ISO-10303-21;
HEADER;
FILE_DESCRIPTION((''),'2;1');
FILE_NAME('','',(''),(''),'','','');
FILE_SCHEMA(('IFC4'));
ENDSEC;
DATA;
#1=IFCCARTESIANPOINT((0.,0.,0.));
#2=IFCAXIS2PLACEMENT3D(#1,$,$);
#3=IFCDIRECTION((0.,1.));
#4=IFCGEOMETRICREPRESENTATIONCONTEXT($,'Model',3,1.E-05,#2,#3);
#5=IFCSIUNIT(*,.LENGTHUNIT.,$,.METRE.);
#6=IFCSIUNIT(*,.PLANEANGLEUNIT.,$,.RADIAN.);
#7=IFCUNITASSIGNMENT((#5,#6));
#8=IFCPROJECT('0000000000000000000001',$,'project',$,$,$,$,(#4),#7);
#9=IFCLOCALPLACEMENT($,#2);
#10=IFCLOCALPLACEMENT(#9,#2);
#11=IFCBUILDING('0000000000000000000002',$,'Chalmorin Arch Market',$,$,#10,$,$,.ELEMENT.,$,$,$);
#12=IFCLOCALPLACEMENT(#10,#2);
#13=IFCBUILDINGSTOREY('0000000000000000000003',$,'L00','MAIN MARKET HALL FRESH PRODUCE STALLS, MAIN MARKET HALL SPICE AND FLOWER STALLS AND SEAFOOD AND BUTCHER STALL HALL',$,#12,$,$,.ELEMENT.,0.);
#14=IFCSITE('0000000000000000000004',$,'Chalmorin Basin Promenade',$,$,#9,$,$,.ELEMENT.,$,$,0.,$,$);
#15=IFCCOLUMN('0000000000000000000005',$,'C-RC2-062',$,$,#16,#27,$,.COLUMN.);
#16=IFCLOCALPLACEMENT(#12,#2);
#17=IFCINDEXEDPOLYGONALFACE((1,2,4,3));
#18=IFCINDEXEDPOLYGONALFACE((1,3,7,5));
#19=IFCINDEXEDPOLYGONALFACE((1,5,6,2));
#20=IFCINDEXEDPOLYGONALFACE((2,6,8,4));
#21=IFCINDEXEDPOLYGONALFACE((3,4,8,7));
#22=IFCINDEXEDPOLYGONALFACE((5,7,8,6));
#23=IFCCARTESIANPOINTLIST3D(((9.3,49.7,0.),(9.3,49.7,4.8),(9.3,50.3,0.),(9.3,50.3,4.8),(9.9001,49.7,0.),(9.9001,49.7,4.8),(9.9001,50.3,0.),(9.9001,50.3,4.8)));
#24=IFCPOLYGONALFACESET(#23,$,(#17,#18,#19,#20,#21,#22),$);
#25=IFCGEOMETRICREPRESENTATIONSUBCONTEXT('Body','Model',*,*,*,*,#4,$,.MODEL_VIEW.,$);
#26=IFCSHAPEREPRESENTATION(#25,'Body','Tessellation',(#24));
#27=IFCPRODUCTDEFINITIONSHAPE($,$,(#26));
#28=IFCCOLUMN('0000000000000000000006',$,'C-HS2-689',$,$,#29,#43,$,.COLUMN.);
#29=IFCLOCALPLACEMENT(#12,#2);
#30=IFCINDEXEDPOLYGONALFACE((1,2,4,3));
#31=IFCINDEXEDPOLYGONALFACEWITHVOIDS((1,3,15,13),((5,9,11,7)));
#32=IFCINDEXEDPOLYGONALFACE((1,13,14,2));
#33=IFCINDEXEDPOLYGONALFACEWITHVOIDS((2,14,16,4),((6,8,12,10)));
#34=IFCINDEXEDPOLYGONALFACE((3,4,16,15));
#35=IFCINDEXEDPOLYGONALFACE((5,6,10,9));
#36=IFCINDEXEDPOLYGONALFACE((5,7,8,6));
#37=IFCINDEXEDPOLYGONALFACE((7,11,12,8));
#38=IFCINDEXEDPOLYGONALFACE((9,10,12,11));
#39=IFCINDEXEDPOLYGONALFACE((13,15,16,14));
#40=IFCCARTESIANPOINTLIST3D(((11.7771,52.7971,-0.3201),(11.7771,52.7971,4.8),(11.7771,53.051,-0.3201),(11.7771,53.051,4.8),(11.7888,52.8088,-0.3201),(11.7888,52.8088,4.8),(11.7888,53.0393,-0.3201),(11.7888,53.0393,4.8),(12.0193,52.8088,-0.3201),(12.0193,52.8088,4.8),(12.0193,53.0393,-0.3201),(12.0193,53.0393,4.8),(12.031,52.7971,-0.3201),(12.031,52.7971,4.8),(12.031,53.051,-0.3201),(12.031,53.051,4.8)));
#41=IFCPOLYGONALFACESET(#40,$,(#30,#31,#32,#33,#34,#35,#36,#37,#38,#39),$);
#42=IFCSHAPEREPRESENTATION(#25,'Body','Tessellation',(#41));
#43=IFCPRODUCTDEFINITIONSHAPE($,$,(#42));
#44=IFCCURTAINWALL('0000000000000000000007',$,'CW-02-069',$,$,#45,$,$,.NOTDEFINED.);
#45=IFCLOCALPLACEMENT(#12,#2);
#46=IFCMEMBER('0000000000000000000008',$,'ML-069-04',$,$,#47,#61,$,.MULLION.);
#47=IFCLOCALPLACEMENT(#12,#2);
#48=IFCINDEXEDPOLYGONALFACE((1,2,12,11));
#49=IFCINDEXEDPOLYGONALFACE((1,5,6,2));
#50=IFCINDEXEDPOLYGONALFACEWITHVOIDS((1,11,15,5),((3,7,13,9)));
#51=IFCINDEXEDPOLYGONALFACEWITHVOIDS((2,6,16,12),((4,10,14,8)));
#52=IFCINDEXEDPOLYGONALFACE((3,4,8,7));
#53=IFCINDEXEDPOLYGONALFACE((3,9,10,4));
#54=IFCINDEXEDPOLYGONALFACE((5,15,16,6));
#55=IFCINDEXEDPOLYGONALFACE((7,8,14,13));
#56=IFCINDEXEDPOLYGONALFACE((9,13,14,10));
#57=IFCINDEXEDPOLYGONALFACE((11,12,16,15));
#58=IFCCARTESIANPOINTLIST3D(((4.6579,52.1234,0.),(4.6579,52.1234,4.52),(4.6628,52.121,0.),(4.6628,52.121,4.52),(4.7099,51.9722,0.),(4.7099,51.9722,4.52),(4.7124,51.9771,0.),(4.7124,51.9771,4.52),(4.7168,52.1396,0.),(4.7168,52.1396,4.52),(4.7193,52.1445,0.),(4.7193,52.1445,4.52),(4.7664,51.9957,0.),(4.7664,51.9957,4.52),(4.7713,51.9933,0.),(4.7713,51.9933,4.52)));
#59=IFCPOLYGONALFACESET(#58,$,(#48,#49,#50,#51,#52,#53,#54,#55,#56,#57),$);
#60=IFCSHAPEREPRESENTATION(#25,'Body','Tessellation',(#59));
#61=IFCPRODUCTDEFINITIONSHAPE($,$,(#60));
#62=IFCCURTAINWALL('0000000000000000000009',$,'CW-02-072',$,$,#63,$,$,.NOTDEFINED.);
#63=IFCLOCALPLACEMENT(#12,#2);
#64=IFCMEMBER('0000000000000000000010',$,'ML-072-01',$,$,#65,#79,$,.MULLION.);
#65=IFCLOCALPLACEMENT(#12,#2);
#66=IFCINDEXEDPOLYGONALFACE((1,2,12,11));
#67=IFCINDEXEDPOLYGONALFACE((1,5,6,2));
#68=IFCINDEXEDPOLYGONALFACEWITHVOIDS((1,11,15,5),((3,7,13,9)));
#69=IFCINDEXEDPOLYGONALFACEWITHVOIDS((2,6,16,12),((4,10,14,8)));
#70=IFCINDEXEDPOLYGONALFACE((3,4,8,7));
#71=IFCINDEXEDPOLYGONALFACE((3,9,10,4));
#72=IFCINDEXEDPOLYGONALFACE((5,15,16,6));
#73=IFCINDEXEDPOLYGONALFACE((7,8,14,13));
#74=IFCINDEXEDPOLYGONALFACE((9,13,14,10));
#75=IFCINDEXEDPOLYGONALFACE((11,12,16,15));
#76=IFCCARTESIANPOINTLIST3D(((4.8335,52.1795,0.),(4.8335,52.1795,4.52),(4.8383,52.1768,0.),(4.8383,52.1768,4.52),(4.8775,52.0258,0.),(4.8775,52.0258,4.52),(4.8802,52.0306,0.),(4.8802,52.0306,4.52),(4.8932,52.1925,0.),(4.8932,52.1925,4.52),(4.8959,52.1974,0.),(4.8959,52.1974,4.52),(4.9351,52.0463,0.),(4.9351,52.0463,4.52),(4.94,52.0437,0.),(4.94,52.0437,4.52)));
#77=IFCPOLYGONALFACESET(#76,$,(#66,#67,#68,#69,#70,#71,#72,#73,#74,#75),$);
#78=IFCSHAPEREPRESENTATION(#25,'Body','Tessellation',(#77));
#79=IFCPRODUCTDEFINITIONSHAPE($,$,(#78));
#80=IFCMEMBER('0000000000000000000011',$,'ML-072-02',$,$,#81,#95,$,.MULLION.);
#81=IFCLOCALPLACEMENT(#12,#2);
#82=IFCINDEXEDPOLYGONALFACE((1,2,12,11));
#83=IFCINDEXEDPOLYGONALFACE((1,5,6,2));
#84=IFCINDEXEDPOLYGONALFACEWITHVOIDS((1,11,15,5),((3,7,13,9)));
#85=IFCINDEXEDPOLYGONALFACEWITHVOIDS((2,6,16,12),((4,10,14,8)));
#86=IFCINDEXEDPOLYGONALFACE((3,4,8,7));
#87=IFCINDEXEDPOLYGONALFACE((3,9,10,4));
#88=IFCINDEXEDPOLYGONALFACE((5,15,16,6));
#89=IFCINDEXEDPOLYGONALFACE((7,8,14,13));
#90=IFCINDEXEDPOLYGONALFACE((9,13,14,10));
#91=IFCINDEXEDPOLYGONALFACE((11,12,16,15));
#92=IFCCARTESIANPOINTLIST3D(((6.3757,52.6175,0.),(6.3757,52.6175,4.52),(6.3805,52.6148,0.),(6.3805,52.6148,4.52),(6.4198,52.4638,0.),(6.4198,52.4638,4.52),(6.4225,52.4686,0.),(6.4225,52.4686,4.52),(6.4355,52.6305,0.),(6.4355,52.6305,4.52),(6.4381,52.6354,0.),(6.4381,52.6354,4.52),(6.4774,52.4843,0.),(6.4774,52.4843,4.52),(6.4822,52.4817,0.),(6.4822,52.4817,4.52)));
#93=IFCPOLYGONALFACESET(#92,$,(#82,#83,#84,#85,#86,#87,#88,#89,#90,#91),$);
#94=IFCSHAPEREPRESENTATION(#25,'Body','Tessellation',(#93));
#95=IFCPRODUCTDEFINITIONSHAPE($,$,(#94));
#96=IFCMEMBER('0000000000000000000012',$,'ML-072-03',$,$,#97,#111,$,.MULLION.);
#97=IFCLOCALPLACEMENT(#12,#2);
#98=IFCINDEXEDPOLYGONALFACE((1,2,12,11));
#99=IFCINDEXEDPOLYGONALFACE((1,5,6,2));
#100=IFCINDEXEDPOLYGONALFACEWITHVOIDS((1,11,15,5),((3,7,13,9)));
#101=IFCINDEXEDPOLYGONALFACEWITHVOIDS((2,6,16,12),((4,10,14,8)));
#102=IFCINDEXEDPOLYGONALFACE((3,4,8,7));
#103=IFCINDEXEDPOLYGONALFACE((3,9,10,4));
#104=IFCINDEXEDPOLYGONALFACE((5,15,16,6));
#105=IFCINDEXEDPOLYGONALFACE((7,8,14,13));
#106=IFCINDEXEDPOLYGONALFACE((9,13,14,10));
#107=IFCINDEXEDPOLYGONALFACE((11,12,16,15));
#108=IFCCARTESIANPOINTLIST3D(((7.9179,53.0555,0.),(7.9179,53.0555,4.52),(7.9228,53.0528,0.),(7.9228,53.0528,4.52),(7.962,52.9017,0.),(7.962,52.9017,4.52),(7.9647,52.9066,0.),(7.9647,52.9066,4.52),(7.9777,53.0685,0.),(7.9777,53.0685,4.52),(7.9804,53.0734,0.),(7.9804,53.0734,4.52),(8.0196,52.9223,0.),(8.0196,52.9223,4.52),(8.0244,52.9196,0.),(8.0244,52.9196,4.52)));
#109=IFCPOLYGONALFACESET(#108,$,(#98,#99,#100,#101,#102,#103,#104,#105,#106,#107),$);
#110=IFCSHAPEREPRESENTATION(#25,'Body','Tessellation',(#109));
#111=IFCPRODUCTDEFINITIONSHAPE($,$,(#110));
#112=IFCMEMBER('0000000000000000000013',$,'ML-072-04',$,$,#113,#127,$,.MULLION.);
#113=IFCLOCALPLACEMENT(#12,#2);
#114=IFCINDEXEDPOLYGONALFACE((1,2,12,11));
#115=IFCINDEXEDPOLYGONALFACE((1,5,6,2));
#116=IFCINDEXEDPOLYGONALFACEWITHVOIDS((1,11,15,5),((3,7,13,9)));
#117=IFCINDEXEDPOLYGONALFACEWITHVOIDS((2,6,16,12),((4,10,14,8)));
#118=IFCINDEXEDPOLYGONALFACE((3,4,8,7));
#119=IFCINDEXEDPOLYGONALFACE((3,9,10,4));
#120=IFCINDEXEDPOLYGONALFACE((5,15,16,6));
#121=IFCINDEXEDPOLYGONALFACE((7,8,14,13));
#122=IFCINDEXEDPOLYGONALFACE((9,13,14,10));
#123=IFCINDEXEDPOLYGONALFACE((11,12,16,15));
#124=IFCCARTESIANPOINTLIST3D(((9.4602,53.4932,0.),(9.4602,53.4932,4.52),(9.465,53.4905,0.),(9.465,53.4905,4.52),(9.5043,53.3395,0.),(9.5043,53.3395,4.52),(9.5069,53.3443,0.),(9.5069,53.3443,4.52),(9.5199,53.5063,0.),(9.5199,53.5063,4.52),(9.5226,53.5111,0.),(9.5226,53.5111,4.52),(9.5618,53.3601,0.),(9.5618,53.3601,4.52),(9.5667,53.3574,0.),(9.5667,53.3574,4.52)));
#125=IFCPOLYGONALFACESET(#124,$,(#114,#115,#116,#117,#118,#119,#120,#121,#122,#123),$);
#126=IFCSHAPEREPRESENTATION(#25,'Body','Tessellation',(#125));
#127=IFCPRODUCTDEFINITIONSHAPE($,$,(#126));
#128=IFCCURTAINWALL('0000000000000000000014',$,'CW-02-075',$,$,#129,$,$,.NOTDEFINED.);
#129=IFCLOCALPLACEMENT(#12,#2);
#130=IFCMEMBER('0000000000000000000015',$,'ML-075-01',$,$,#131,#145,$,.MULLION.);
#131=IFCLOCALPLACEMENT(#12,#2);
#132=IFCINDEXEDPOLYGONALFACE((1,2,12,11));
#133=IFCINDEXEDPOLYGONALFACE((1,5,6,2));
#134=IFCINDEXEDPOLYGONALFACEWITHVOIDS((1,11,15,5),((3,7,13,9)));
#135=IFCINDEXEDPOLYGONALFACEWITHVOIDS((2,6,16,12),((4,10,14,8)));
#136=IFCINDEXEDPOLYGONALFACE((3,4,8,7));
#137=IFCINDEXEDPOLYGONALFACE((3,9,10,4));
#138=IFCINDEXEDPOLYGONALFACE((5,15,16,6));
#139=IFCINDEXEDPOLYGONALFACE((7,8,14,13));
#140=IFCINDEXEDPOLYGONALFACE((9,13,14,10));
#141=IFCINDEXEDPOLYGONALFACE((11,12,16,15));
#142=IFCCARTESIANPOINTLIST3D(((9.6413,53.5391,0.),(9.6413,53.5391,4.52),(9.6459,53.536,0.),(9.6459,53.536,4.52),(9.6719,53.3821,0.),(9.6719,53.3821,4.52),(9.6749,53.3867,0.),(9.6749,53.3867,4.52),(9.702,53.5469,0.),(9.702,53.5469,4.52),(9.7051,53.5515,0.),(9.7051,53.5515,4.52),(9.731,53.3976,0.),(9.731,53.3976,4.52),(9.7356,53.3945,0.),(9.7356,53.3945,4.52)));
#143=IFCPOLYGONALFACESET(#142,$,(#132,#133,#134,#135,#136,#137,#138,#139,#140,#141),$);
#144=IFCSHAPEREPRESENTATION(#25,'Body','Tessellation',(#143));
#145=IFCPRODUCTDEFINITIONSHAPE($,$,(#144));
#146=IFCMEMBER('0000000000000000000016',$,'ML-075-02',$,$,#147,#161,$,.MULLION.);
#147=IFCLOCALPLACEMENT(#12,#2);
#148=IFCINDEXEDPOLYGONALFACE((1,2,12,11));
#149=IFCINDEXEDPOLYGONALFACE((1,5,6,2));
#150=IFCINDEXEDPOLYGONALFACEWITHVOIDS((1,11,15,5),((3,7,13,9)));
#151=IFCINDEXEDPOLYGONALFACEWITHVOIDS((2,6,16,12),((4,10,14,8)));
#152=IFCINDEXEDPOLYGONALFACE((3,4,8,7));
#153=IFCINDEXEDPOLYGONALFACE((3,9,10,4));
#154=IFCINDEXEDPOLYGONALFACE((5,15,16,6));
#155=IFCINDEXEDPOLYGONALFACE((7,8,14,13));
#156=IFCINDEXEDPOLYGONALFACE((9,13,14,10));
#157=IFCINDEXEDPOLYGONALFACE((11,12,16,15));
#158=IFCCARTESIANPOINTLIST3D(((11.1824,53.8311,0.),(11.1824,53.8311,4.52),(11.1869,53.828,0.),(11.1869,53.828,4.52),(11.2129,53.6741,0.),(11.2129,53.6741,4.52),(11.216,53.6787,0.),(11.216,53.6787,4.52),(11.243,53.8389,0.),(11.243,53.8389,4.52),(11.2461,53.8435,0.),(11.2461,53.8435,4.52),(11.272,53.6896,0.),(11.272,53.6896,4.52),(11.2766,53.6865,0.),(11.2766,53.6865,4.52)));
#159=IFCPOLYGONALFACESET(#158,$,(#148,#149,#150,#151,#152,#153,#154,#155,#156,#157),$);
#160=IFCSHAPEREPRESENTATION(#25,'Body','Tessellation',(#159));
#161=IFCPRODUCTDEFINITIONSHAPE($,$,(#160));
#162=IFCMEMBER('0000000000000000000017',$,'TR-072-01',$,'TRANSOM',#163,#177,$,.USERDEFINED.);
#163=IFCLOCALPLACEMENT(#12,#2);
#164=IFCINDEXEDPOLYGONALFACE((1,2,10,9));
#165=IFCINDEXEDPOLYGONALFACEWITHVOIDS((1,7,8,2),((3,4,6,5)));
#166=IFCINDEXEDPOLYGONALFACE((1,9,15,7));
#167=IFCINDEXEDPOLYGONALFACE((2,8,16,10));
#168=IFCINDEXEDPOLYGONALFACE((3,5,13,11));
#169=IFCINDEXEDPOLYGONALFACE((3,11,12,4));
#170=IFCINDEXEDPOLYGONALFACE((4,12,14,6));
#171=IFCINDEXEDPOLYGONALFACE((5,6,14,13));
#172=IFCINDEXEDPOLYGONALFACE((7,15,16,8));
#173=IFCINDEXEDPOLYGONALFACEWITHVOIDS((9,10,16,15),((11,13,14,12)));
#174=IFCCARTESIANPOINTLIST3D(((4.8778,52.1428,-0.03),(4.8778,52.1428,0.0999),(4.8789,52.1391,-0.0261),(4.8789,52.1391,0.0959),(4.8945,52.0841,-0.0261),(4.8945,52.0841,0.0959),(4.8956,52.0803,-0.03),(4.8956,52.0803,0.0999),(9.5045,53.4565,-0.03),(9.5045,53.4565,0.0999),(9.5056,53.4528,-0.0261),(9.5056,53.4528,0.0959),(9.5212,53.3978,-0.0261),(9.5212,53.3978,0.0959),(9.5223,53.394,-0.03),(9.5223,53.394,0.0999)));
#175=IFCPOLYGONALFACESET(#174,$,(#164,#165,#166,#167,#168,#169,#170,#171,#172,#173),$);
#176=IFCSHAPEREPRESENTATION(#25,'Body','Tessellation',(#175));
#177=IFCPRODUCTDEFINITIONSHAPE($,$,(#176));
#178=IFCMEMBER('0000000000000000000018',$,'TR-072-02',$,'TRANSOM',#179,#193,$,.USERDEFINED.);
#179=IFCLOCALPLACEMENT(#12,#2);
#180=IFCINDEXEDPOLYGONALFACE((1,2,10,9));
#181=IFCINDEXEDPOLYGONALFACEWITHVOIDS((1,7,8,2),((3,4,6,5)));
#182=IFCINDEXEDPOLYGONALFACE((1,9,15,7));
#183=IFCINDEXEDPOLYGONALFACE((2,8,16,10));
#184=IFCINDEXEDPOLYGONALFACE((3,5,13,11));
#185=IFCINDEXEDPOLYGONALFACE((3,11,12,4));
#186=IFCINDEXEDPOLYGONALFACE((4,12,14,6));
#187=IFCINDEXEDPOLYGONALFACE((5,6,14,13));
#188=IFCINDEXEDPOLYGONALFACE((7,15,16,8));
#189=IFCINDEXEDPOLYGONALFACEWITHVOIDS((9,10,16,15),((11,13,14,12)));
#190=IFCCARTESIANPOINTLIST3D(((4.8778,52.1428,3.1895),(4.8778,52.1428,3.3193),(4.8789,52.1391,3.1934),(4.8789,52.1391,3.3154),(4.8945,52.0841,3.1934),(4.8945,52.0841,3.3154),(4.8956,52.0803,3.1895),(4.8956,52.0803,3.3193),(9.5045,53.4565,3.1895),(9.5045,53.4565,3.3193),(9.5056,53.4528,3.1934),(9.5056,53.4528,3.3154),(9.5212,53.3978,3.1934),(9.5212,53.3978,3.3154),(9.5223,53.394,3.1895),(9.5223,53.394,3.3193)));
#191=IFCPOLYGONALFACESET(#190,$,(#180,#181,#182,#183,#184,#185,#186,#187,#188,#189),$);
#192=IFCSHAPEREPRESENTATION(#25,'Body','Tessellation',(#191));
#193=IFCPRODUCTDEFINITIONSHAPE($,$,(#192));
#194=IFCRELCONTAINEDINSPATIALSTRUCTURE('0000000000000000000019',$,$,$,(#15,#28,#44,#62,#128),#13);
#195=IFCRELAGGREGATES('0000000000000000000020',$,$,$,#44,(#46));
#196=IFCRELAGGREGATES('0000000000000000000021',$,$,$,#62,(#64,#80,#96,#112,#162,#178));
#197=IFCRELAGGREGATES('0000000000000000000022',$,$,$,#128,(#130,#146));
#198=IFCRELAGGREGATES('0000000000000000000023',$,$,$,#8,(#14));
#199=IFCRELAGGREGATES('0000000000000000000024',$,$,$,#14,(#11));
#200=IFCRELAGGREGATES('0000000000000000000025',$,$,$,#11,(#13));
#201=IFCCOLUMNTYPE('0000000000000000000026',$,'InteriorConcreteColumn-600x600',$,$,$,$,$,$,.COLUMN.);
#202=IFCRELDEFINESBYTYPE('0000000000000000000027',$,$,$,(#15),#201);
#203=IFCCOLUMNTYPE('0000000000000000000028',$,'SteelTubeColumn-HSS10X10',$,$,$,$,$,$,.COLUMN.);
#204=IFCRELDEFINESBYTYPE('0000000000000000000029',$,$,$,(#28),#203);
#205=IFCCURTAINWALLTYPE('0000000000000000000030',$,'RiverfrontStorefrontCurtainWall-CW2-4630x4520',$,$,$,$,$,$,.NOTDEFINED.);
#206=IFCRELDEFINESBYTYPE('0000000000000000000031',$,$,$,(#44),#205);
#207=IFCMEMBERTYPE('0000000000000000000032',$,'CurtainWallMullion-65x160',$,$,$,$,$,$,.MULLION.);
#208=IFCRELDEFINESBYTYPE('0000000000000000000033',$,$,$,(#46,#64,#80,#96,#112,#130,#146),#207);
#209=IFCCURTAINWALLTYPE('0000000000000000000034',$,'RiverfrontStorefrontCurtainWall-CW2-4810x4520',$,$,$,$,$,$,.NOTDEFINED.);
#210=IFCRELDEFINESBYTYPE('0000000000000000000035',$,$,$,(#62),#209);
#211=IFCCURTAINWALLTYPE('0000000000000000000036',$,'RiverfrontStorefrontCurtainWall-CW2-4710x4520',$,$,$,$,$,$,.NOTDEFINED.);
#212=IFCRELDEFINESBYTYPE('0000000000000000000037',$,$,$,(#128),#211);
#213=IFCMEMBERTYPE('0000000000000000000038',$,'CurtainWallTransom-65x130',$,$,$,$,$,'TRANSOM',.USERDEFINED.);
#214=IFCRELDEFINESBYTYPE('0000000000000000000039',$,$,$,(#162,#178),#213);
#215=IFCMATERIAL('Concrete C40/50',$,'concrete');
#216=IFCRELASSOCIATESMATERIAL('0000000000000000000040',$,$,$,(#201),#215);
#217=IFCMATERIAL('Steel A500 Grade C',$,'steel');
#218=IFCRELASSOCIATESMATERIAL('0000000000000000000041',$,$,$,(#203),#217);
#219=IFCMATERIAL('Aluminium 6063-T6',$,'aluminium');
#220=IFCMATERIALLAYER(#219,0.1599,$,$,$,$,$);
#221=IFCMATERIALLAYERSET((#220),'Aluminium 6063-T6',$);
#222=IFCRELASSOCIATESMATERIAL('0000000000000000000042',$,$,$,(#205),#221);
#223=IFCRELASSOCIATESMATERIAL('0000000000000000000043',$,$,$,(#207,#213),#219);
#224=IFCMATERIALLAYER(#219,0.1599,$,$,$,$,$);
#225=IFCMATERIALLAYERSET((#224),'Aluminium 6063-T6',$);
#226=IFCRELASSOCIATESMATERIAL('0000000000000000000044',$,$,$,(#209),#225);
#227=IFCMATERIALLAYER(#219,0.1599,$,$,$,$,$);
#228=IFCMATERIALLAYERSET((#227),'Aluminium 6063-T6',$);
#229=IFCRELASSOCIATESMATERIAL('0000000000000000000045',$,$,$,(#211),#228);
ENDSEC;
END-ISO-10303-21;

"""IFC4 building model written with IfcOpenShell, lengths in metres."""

from ifc_helpers import new_model, si_unit, direction, frame, origin, origin_2d, place, context, subcontext, project, spatial, rectangle, hollow_rectangle, extrude, material, layer, layer_set, material_profile, profile_set, type_object, element, aggregate, save


model = new_model("IFC4")

# Units and contexts
model_context = context("Model", 3, precision=1e-05, world=origin(), true_north=direction((0.0, 1.0)))
body_context = subcontext(model_context, "Body", "Model", "MODEL_VIEW")
ifc_project = project(units=[si_unit("LENGTHUNIT", "METRE"), si_unit("PLANEANGLEUNIT", "RADIAN")], contexts=[model_context])

# Site, building, storey
site_placement = place(None, origin())
site = spatial("IfcSite", under=ifc_project, at=site_placement, Name="Chalmorin Basin Promenade", CompositionType="ELEMENT", RefElevation=0.0)
building_placement = place(site_placement, origin())
building = spatial("IfcBuilding", under=site, at=building_placement, Name="Chalmorin Arch Market", CompositionType="ELEMENT")
storey_placement = place(building_placement, origin())
storey = spatial("IfcBuildingStorey", under=building, at=storey_placement, Name="L00", Description="MAIN MARKET HALL FRESH PRODUCE STALLS, MAIN MARKET HALL SPICE AND FLOWER STALLS AND SEAFOOD AND BUTCHER STALL HALL", CompositionType="ELEMENT", Elevation=0.0)

# Columns
ifc_material_1 = material(Name="Concrete C40/50", Category="concrete")
ifc_material_profile_1 = material_profile(ifc_material_1, rectangle(XDim=0.6001, YDim=0.6001, at=origin_2d()), Name="RC600X600")
ifc_profile_set_1 = profile_set([ifc_material_profile_1], Name="Concrete C40/50")
column_type_1 = type_object("IfcColumnType", Name="InteriorConcreteColumn-600x600", PredefinedType="COLUMN", material=ifc_profile_set_1)
column_1_placement = place(storey_placement, frame((9.6001, 50.0, 0.0), z_axis=(0.0, 0.0, 1.0), x_axis=(1.0, 0.0, 0.0)))
element("IfcColumn", 1, at=column_1_placement, inside=storey, type_object=column_type_1, Name="C-RC2-062", PredefinedType="COLUMN", context=body_context, shape_type="SweptSolid", body=[
    extrude(rectangle(XDim=0.6001, YDim=0.6001, at=origin_2d()), origin(), (0.0, 0.0, 1.0), 4.8),
])
ifc_material_2 = material(Name="Steel A500 Grade C", Category="steel")
ifc_material_profile_2 = material_profile(ifc_material_2, hollow_rectangle(XDim=0.2539, YDim=0.2539, WallThickness=0.0117, at=origin_2d()), Name="HSS10X10X1/2")
ifc_profile_set_2 = profile_set([ifc_material_profile_2], Name="Steel A500 Grade C")
column_type_2 = type_object("IfcColumnType", Name="SteelTubeColumn-HSS10X10", PredefinedType="COLUMN", material=ifc_profile_set_2)
column_2_placement = place(storey_placement, frame((11.9041, 52.9241, -0.3201), z_axis=(0.0, 0.0, 1.0), x_axis=(1.0, 0.0, 0.0)))
element("IfcColumn", 2, at=column_2_placement, inside=storey, type_object=column_type_2, Name="C-HS2-689", PredefinedType="COLUMN", context=body_context, shape_type="SweptSolid", body=[
    extrude(hollow_rectangle(XDim=0.2539, YDim=0.2539, WallThickness=0.0117, at=origin_2d()), origin(), (0.0, 0.0, 1.0), 5.1201),
])

# Curtain wall, member
ifc_material_3 = material(Name="Aluminium 6063-T6", Category="aluminium")
ifc_layer_1 = layer(ifc_material_3, 0.1599)
ifc_layer_set_1 = layer_set([ifc_layer_1], Name="Aluminium 6063-T6")
curtain_wall_type_1 = type_object("IfcCurtainWallType", Name="RiverfrontStorefrontCurtainWall-CW2-4630x4520", PredefinedType="NOTDEFINED", material=ifc_layer_set_1)
curtain_wall_1_placement = place(storey_placement, origin())
curtain_wall_1 = element("IfcCurtainWall", 3, at=curtain_wall_1_placement, inside=storey, type_object=curtain_wall_type_1, Name="CW-02-069", PredefinedType="NOTDEFINED")
ifc_material_profile_3 = material_profile(ifc_material_3, hollow_rectangle(XDim=0.0649, YDim=0.1599, WallThickness=0.0039, at=origin_2d()), Name="ALU65X160X4")
ifc_profile_set_3 = profile_set([ifc_material_profile_3], Name="Aluminium 6063-T6")
member_type_1 = type_object("IfcMemberType", Name="CurtainWallMullion-65x160", PredefinedType="MULLION", material=ifc_profile_set_3)
member_1_placement = place(storey_placement, frame((4.7146, 52.0583, 0.0), z_axis=(0.0, 0.0, 1.0), x_axis=(0.945519, 0.325568, 0.0)))
member_1 = element("IfcMember", 4, at=member_1_placement, type_object=member_type_1, Name="ML-069-04", PredefinedType="MULLION", context=body_context, shape_type="SweptSolid", body=[
    extrude(hollow_rectangle(XDim=0.0649, YDim=0.1599, WallThickness=0.0039, at=origin_2d()), origin(), (0.0, 0.0, 1.0), 4.52),
])
aggregate(curtain_wall_1, [member_1])

# Curtain walls, members
ifc_layer_2 = layer(ifc_material_3, 0.1599)
ifc_layer_set_2 = layer_set([ifc_layer_2], Name="Aluminium 6063-T6")
curtain_wall_type_2 = type_object("IfcCurtainWallType", Name="RiverfrontStorefrontCurtainWall-CW2-4810x4520", PredefinedType="NOTDEFINED", material=ifc_layer_set_2)
curtain_wall_2_placement = place(storey_placement, origin())
curtain_wall_2 = element("IfcCurtainWall", 5, at=curtain_wall_2_placement, inside=storey, type_object=curtain_wall_type_2, Name="CW-02-072", PredefinedType="NOTDEFINED")
member_2_placement = place(storey_placement, frame((4.8867, 52.1116, 0.0), z_axis=(0.0, 0.0, 1.0), x_axis=(0.961262, 0.275637, 0.0)))
member_2 = element("IfcMember", 6, at=member_2_placement, type_object=member_type_1, Name="ML-072-01", PredefinedType="MULLION", context=body_context, shape_type="SweptSolid", body=[
    extrude(hollow_rectangle(XDim=0.0649, YDim=0.1599, WallThickness=0.0039, at=origin_2d()), origin(), (0.0, 0.0, 1.0), 4.52),
])
member_3_placement = place(storey_placement, frame((6.429, 52.5496, 0.0), z_axis=(0.0, 0.0, 1.0), x_axis=(0.961262, 0.275637, 0.0)))
member_3 = element("IfcMember", 7, at=member_3_placement, type_object=member_type_1, Name="ML-072-02", PredefinedType="MULLION", context=body_context, shape_type="SweptSolid", body=[
    extrude(hollow_rectangle(XDim=0.0649, YDim=0.1599, WallThickness=0.0039, at=origin_2d()), origin(), (0.0, 0.0, 1.0), 4.52),
])
member_4_placement = place(storey_placement, frame((7.9712, 52.9875, 0.0), z_axis=(0.0, 0.0, 1.0), x_axis=(0.961262, 0.275637, 0.0)))
member_4 = element("IfcMember", 8, at=member_4_placement, type_object=member_type_1, Name="ML-072-03", PredefinedType="MULLION", context=body_context, shape_type="SweptSolid", body=[
    extrude(hollow_rectangle(XDim=0.0649, YDim=0.1599, WallThickness=0.0039, at=origin_2d()), origin(), (0.0, 0.0, 1.0), 4.52),
])
member_5_placement = place(storey_placement, frame((9.5134, 53.4253, 0.0), z_axis=(0.0, 0.0, 1.0), x_axis=(0.961262, 0.275637, 0.0)))
member_5 = element("IfcMember", 9, at=member_5_placement, type_object=member_type_1, Name="ML-072-04", PredefinedType="MULLION", context=body_context, shape_type="SweptSolid", body=[
    extrude(hollow_rectangle(XDim=0.0649, YDim=0.1599, WallThickness=0.0039, at=origin_2d()), origin(), (0.0, 0.0, 1.0), 4.52),
])
ifc_layer_3 = layer(ifc_material_3, 0.1599)
ifc_layer_set_3 = layer_set([ifc_layer_3], Name="Aluminium 6063-T6")
curtain_wall_type_3 = type_object("IfcCurtainWallType", Name="RiverfrontStorefrontCurtainWall-CW2-4710x4520", PredefinedType="NOTDEFINED", material=ifc_layer_set_3)
curtain_wall_3_placement = place(storey_placement, origin())
curtain_wall_3 = element("IfcCurtainWall", 10, at=curtain_wall_3_placement, inside=storey, type_object=curtain_wall_type_3, Name="CW-02-075", PredefinedType="NOTDEFINED")
member_6_placement = place(storey_placement, frame((9.6885, 53.4668, 0.0), z_axis=(0.0, 0.0, 1.0), x_axis=(0.981627, 0.190809, 0.0)))
member_6 = element("IfcMember", 11, at=member_6_placement, type_object=member_type_1, Name="ML-075-01", PredefinedType="MULLION", context=body_context, shape_type="SweptSolid", body=[
    extrude(hollow_rectangle(XDim=0.0649, YDim=0.1599, WallThickness=0.0039, at=origin_2d()), origin(), (0.0, 0.0, 1.0), 4.52),
])
member_7_placement = place(storey_placement, frame((11.2295, 53.7588, 0.0), z_axis=(0.0, 0.0, 1.0), x_axis=(0.981627, 0.190809, 0.0)))
member_7 = element("IfcMember", 12, at=member_7_placement, type_object=member_type_1, Name="ML-075-02", PredefinedType="MULLION", context=body_context, shape_type="SweptSolid", body=[
    extrude(hollow_rectangle(XDim=0.0649, YDim=0.1599, WallThickness=0.0039, at=origin_2d()), origin(), (0.0, 0.0, 1.0), 4.52),
])

# Members
ifc_material_profile_4 = material_profile(ifc_material_3, hollow_rectangle(XDim=0.0649, YDim=0.1299, WallThickness=0.0039, at=origin_2d()), Name="ALU65X130X4")
ifc_profile_set_4 = profile_set([ifc_material_profile_4], Name="Aluminium 6063-T6")
member_type_2 = type_object("IfcMemberType", Name="CurtainWallTransom-65x130", ElementType="TRANSOM", PredefinedType="USERDEFINED", material=ifc_profile_set_4)
member_8_placement = place(storey_placement, frame((4.8867, 52.1116, 0.0349), z_axis=(0.961973, 0.273145, 0.0), x_axis=(-0.273145, 0.961973, 0.0)))
member_8 = element("IfcMember", 13, at=member_8_placement, type_object=member_type_2, Name="TR-072-01", ObjectType="TRANSOM", PredefinedType="USERDEFINED", context=body_context, shape_type="SweptSolid", body=[
    extrude(hollow_rectangle(XDim=0.0649, YDim=0.1299, WallThickness=0.0039, at=origin_2d()), origin(), (0.0, 0.0, 1.0), 4.8096),
])
member_9_placement = place(storey_placement, frame((4.8867, 52.1116, 3.2544), z_axis=(0.961973, 0.273145, 0.0), x_axis=(-0.273145, 0.961973, 0.0)))
member_9 = element("IfcMember", 14, at=member_9_placement, type_object=member_type_2, Name="TR-072-02", ObjectType="TRANSOM", PredefinedType="USERDEFINED", context=body_context, shape_type="SweptSolid", body=[
    extrude(hollow_rectangle(XDim=0.0649, YDim=0.1299, WallThickness=0.0039, at=origin_2d()), origin(), (0.0, 0.0, 1.0), 4.8096),
])

aggregate(curtain_wall_2, [member_2, member_3, member_4, member_5, member_8, member_9])
aggregate(curtain_wall_3, [member_6, member_7])

save(model, "model.ifc")
